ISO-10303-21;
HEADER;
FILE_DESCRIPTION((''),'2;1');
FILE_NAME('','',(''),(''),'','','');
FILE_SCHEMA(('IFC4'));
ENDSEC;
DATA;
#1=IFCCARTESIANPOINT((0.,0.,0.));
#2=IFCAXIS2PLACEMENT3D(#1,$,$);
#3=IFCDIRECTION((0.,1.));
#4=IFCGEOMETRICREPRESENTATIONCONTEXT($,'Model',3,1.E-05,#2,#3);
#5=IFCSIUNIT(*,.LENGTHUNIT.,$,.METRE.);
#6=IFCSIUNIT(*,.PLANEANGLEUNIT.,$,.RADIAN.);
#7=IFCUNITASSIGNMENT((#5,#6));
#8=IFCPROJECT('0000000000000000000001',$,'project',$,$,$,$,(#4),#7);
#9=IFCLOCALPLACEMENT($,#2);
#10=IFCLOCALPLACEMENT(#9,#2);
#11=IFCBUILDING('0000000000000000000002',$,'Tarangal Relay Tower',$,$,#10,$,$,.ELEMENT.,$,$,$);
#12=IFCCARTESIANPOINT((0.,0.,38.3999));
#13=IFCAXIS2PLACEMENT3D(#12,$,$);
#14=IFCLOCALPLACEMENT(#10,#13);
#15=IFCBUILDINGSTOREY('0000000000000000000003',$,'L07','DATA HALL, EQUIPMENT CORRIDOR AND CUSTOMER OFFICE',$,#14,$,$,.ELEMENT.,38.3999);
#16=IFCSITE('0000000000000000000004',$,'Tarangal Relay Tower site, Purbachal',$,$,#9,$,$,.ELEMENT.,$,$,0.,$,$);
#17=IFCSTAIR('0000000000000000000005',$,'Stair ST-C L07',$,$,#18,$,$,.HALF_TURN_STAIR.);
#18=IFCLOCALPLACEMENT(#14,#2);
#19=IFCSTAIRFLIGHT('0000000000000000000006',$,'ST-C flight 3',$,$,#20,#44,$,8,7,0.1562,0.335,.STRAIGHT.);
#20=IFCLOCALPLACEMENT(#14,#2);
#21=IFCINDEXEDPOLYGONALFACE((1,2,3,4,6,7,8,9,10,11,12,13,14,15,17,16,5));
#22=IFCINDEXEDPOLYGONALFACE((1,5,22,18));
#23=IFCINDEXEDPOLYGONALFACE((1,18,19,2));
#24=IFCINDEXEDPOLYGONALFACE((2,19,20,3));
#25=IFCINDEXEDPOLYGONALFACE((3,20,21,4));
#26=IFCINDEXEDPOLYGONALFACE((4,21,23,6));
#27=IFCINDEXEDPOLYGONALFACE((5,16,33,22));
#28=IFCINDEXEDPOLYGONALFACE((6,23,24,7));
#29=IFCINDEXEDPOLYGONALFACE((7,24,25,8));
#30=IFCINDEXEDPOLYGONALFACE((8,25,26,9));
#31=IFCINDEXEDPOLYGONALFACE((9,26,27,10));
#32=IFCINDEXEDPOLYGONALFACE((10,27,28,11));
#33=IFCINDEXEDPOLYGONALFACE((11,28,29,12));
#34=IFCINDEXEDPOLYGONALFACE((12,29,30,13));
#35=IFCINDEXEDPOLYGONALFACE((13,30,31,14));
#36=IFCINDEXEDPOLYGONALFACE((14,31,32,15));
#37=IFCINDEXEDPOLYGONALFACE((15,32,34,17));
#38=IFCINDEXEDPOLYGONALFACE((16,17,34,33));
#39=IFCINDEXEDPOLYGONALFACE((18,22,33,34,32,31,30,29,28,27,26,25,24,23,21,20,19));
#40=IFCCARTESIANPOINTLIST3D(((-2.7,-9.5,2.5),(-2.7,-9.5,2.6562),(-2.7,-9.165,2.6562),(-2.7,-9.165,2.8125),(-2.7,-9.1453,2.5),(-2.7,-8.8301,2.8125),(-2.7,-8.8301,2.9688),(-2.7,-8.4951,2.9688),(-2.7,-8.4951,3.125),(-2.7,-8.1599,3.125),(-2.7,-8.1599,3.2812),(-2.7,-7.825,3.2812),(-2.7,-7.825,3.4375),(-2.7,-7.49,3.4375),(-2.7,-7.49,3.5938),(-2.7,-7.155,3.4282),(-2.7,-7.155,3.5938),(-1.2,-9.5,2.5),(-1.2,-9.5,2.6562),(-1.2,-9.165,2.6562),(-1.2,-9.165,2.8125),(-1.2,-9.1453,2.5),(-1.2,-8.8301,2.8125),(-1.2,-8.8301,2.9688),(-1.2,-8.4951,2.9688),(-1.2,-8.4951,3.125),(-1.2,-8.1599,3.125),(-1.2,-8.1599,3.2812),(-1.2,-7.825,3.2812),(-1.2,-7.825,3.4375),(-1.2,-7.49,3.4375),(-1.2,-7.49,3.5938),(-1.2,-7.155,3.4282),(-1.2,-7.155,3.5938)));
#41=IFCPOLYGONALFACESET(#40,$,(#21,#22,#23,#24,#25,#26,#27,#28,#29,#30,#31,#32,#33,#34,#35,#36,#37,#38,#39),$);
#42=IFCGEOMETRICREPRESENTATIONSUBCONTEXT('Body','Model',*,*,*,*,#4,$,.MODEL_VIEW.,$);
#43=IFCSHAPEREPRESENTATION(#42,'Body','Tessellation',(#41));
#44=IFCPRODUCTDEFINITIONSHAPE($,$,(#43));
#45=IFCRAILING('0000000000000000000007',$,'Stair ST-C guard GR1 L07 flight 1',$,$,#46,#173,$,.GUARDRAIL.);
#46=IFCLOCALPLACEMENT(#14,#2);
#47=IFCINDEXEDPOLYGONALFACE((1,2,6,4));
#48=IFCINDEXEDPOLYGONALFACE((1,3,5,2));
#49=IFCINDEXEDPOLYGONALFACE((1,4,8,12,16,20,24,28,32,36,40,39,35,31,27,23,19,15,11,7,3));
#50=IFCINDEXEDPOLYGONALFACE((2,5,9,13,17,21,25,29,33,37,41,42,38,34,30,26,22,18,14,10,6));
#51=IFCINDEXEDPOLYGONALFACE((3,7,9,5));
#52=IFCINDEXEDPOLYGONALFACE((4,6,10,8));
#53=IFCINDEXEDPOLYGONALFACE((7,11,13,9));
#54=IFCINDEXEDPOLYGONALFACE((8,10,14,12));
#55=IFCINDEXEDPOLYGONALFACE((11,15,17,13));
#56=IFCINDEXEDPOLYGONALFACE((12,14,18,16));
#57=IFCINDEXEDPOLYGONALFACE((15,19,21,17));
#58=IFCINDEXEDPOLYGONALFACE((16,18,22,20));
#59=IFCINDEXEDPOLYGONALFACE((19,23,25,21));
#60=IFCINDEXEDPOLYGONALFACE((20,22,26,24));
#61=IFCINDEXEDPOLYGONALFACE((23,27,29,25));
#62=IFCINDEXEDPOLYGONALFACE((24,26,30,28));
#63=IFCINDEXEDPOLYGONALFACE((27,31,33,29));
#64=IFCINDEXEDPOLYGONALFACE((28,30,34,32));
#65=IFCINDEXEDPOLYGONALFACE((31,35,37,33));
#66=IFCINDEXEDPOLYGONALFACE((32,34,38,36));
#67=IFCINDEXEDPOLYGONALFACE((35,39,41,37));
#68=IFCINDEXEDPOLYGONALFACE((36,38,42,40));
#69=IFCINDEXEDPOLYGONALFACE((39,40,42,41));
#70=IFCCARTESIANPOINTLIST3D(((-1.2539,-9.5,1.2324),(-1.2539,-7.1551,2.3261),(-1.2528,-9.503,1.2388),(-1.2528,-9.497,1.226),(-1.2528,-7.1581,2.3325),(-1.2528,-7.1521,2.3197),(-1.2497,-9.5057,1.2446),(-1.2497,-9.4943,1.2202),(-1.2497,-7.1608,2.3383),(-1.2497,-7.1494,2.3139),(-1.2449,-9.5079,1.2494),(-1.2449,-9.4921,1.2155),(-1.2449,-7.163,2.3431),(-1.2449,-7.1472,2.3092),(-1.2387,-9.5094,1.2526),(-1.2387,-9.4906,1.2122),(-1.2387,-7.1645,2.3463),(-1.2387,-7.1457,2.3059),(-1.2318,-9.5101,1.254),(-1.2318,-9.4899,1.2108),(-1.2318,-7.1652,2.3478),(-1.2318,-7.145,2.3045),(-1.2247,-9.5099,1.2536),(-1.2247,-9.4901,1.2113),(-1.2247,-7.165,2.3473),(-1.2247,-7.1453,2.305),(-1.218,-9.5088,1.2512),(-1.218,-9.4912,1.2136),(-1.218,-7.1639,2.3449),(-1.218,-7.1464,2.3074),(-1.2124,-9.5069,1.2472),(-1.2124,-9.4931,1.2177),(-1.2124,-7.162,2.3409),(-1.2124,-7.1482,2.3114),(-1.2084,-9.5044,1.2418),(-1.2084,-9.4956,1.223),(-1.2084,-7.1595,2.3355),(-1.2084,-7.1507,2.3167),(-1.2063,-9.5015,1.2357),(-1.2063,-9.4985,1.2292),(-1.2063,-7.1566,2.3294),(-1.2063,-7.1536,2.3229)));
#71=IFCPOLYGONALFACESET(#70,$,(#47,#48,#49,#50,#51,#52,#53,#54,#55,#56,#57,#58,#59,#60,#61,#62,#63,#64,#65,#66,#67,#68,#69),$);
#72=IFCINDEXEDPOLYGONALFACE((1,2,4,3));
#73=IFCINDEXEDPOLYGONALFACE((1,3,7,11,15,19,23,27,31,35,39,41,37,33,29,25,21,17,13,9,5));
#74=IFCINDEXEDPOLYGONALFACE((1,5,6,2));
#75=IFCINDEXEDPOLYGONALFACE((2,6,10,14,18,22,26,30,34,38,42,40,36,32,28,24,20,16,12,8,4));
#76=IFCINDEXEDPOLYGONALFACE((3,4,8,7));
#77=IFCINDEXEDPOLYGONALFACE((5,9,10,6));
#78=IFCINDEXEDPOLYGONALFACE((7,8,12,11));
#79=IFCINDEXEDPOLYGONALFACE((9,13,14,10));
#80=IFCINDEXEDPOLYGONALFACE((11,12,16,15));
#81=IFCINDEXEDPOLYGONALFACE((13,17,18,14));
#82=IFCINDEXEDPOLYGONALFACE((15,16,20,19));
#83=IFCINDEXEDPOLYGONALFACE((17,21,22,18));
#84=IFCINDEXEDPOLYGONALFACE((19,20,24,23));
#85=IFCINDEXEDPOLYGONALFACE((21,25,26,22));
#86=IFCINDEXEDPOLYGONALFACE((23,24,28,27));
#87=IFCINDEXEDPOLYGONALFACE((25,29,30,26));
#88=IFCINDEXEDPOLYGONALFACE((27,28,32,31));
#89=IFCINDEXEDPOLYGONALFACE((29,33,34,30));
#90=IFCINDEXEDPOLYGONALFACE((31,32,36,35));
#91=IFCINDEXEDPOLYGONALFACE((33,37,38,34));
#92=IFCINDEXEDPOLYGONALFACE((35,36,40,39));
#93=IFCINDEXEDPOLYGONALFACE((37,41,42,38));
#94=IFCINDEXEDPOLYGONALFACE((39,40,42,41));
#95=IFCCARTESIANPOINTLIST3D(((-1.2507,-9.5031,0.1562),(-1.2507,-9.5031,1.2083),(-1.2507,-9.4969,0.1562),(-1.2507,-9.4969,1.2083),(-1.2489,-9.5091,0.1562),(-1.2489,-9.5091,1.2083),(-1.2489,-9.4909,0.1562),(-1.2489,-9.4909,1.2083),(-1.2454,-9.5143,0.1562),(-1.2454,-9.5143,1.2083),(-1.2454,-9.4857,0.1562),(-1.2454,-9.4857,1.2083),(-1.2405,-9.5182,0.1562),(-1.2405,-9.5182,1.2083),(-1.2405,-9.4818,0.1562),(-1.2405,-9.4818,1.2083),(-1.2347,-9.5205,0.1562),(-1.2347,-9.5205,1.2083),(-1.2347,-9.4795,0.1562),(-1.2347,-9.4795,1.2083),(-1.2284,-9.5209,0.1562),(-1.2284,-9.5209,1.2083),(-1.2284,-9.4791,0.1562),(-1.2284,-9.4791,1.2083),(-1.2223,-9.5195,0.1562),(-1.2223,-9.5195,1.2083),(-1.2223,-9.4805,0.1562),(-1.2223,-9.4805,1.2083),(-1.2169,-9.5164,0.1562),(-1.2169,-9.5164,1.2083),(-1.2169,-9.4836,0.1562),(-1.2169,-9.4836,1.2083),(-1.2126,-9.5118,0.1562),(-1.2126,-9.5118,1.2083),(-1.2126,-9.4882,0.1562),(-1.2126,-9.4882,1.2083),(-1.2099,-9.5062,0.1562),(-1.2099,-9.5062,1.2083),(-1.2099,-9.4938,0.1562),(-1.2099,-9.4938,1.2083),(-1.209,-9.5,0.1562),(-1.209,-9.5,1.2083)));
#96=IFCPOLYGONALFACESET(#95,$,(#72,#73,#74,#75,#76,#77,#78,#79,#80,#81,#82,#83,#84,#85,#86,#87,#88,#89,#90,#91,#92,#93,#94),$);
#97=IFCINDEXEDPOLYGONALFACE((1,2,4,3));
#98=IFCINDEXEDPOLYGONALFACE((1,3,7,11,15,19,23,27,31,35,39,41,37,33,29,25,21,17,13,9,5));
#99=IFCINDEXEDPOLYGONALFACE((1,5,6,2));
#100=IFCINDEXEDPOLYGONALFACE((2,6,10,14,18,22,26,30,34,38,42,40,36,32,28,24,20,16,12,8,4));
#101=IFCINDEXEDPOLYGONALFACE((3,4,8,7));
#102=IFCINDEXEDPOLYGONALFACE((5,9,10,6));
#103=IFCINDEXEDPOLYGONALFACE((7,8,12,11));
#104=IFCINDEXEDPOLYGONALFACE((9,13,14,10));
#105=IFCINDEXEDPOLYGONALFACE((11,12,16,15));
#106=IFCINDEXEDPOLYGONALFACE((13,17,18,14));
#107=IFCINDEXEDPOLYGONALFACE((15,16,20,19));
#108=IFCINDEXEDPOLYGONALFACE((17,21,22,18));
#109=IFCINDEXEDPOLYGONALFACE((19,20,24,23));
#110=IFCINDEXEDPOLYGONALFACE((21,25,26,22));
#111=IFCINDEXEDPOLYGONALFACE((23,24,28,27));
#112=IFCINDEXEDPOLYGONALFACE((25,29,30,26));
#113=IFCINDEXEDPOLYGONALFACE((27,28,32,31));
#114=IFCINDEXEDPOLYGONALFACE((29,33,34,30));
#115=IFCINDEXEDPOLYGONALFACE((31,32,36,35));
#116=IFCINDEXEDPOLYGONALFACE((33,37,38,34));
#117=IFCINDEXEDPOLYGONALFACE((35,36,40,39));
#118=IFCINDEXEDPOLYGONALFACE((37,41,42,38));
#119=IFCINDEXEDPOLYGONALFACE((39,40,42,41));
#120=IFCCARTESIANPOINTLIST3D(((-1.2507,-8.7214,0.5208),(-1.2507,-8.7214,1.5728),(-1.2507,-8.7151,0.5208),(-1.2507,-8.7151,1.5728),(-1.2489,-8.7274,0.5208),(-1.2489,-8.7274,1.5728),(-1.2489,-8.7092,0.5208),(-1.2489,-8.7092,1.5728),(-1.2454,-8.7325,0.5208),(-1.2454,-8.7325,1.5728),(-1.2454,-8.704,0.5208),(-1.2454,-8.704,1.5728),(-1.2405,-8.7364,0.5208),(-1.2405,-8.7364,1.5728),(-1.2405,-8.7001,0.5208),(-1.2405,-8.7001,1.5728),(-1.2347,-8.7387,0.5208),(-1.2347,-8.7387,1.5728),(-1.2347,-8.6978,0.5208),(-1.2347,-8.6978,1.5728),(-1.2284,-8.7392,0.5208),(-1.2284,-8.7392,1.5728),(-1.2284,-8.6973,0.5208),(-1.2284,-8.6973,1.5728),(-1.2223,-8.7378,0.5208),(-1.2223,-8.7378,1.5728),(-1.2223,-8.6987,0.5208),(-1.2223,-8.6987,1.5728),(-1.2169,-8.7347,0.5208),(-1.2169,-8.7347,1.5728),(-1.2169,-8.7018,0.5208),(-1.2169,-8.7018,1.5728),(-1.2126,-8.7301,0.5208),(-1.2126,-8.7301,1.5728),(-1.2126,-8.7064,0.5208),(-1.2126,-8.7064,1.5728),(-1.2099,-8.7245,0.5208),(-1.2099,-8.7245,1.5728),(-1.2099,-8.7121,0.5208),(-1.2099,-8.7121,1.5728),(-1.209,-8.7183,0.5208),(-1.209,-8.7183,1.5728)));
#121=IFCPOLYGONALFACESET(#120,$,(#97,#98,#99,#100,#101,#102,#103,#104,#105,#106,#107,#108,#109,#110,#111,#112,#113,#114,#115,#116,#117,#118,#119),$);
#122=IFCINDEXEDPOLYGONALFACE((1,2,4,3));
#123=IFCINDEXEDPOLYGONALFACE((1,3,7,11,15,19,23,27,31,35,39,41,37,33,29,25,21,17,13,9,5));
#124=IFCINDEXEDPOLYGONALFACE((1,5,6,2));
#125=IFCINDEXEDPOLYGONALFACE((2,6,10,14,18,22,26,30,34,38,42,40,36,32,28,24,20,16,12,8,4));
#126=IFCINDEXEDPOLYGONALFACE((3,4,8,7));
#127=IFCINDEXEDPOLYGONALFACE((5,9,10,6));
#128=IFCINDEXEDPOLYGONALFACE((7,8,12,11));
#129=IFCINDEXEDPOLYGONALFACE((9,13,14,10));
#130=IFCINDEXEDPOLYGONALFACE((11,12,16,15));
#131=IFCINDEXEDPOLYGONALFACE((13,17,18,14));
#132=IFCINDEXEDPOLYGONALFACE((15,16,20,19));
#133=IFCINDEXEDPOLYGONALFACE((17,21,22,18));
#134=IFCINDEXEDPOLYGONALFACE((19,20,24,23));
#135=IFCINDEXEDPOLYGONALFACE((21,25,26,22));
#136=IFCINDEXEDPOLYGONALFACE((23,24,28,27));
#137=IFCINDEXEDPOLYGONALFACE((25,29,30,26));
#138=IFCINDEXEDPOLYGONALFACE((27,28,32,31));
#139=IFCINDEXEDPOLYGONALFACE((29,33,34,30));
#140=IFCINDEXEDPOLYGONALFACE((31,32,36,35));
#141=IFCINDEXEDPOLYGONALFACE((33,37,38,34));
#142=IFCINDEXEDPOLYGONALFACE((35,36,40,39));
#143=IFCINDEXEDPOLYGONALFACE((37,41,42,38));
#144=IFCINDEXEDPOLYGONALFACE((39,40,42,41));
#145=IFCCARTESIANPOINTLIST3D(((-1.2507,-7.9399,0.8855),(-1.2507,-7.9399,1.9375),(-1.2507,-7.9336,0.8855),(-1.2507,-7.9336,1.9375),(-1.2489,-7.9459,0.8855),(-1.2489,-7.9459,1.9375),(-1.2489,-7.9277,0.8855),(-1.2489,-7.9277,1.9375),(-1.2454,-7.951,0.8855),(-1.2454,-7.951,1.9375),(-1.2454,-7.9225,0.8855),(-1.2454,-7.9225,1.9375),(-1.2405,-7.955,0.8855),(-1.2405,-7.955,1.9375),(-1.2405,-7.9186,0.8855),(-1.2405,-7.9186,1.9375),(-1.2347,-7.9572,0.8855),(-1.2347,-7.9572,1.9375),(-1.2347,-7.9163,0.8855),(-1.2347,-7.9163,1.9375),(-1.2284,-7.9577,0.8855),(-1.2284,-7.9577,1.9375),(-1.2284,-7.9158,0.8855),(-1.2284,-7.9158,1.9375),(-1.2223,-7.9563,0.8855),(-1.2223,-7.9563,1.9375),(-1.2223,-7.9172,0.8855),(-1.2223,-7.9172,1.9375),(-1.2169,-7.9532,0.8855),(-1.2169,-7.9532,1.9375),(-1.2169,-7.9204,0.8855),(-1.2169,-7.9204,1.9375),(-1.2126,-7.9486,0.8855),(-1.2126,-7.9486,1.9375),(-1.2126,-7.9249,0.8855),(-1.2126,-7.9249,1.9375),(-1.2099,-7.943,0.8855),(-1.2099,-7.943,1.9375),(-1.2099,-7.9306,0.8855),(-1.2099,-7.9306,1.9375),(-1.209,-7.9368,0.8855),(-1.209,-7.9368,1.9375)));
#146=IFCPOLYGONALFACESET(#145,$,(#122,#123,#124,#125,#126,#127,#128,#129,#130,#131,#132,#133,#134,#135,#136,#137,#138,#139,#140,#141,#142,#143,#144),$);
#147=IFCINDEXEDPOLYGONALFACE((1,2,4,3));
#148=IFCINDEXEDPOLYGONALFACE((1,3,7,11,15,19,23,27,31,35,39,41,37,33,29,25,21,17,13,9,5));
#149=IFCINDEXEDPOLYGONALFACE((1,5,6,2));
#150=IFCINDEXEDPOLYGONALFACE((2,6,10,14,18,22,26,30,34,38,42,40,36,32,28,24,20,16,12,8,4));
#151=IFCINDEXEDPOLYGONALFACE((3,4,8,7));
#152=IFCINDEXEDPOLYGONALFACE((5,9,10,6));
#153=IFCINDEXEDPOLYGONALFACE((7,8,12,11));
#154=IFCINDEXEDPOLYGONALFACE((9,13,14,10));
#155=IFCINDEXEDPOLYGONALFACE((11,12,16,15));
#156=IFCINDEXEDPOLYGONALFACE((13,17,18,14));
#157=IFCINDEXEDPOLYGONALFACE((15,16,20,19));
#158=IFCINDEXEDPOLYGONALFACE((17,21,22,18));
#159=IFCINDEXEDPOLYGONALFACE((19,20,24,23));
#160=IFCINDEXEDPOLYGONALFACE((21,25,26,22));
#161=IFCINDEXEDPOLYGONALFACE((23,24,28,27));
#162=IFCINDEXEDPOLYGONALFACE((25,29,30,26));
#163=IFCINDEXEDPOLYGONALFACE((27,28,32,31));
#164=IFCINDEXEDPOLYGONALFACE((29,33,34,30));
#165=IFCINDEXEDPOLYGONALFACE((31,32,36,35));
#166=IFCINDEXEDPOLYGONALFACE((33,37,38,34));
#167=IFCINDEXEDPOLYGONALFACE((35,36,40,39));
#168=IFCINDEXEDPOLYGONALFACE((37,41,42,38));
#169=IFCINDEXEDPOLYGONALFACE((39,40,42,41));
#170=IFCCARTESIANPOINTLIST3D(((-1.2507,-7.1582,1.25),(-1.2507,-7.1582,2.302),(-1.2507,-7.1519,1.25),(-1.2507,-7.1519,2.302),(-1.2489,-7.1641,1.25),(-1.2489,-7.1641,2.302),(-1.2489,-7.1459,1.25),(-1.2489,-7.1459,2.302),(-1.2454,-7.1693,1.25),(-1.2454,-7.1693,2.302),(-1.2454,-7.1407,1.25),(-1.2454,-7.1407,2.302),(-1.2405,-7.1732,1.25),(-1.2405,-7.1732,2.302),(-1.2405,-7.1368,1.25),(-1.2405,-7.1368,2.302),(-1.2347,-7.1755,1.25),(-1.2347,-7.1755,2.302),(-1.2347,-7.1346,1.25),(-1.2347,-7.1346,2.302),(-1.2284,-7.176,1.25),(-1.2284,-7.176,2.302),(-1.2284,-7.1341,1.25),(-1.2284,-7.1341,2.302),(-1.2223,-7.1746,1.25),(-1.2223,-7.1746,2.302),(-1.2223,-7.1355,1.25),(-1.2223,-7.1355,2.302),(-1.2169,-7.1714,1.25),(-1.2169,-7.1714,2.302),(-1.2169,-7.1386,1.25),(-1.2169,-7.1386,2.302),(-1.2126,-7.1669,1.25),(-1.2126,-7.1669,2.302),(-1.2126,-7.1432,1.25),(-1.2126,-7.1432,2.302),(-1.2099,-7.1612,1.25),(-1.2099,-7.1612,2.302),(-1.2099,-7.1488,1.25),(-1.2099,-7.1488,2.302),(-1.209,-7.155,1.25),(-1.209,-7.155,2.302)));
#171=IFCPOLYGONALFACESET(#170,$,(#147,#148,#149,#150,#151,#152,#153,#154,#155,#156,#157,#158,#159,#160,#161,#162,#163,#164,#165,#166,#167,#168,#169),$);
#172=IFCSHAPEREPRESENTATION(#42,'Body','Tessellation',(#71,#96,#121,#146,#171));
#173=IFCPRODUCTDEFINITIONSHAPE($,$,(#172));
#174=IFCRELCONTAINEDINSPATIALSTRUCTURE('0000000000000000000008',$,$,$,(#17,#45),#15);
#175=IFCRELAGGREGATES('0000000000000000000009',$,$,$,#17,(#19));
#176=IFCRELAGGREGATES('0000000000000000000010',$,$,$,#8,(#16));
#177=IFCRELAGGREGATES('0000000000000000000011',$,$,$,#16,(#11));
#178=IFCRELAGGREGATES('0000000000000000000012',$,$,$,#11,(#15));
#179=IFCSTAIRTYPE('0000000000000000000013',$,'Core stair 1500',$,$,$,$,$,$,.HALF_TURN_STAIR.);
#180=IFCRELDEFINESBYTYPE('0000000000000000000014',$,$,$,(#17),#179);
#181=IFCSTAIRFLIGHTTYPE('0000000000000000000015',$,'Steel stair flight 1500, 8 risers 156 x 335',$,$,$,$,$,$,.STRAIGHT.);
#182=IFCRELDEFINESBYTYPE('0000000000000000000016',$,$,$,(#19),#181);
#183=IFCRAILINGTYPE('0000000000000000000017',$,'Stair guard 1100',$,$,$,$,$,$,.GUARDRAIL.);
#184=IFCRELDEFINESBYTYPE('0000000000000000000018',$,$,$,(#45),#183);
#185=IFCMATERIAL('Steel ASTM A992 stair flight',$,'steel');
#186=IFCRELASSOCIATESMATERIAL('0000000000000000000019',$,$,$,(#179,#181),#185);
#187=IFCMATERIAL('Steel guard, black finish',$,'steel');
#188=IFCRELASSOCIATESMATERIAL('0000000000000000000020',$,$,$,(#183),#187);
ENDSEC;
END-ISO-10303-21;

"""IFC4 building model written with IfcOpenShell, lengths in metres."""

from ifc_helpers import new_model, si_unit, direction, frame, origin, origin_2d, place, context, subcontext, project, spatial, polyline, circle, outline, extrude, material, type_object, element, aggregate, save


model = new_model("IFC4")

# Units and contexts
model_context = context("Model", 3, precision=1e-05, world=origin(), true_north=direction((0.0, 1.0)))
body_context = subcontext(model_context, "Body", "Model", "MODEL_VIEW")
ifc_project = project(units=[si_unit("LENGTHUNIT", "METRE"), si_unit("PLANEANGLEUNIT", "RADIAN")], contexts=[model_context])

# Site, building, storey
site_placement = place(None, origin())
site = spatial("IfcSite", under=ifc_project, at=site_placement, Name="Tarangal Relay Tower site, Purbachal", CompositionType="ELEMENT", RefElevation=0.0)
building_placement = place(site_placement, origin())
building = spatial("IfcBuilding", under=site, at=building_placement, Name="Tarangal Relay Tower", CompositionType="ELEMENT")
storey_placement = place(building_placement, frame((0.0, 0.0, 38.3999)))
storey = spatial("IfcBuildingStorey", under=building, at=storey_placement, Name="L07", Description="DATA HALL, EQUIPMENT CORRIDOR AND CUSTOMER OFFICE", CompositionType="ELEMENT", Elevation=38.3999)

# Stair, stair flight
ifc_material_1 = material(Name="Steel ASTM A992 stair flight", Category="steel")
stair_type = type_object("IfcStairType", Name="Core stair 1500", PredefinedType="HALF_TURN_STAIR", material=ifc_material_1)
stair_placement = place(storey_placement, origin())
stair = element("IfcStair", 1, at=stair_placement, inside=storey, type_object=stair_type, Name="Stair ST-C L07", PredefinedType="HALF_TURN_STAIR")
stair_flight_type = type_object("IfcStairFlightType", Name="Steel stair flight 1500, 8 risers 156 x 335", PredefinedType="STRAIGHT", material=ifc_material_1)
stair_flight_placement = place(storey_placement, frame((-1.95, -9.5, 2.5), z_axis=(0.0, 0.0, 1.0), x_axis=(0.0, 1.0, 0.0)))
stair_flight = element("IfcStairFlight", 2, at=stair_flight_placement, type_object=stair_flight_type, Name="ST-C flight 3", NumberOfRisers=8, NumberOfTreads=7, PredefinedType="STRAIGHT", RiserHeight=0.1562, TreadLength=0.335, context=body_context, shape_type="SweptSolid", body=[
    extrude(outline(polyline([(0.0, 0.0), (0.0, 0.1562), (0.335, 0.1562), (0.335, 0.3125), (0.6699, 0.3125), (0.6699, 0.4688), (1.0049, 0.4688), (1.0049, 0.625), (1.3401, 0.625), (1.3401, 0.7812), (1.675, 0.7812), (1.675, 0.9375), (2.01, 0.9375), (2.01, 1.0938), (2.345, 1.0938), (2.345, 1.25), (2.345, 0.9282), (0.3547, 0.0), (0.0, 0.0)])), frame((0.0, 0.75, 0.0), z_axis=(0.0, -1.0, 0.0), x_axis=(1.0, 0.0, 0.0)), (0.0, 0.0, 1.0), 1.5),
])
aggregate(stair, [stair_flight])

# Railing
ifc_material_2 = material(Name="Steel guard, black finish", Category="steel")
railing_type = type_object("IfcRailingType", Name="Stair guard 1100", PredefinedType="GUARDRAIL", material=ifc_material_2)
for number, where, name in (
    (3, (-1.23, -9.5, 0.1562), "Stair ST-C guard GR1 L07 flight 1"),
):
    element("IfcRailing", number, at=place(storey_placement, frame(where)), inside=storey, type_object=railing_type, Name=name, PredefinedType="GUARDRAIL", context=body_context, shape_type="SweptSolid", body=[
        extrude(circle(Radius=0.0239, at=origin_2d()), frame((0.0, 0.0, 1.0762), z_axis=(0.0, 0.906267, 0.422705), x_axis=(-1.0, 0.0, 0.0)), (0.0, 0.0, 1.0), 2.5874),
        extrude(circle(Radius=0.021, at=origin_2d()), origin(), (0.0, 0.0, 1.0), 1.052),
        extrude(circle(Radius=0.021, at=origin_2d()), frame((0.0, 0.7817, 0.3645)), (0.0, 0.0, 1.0), 1.052),
        extrude(circle(Radius=0.021, at=origin_2d()), frame((0.0, 1.5632, 0.7292)), (0.0, 0.0, 1.0), 1.052),
        extrude(circle(Radius=0.021, at=origin_2d()), frame((0.0, 2.345, 1.0938)), (0.0, 0.0, 1.0), 1.052),
    ])

save(model, "model.ifc")
